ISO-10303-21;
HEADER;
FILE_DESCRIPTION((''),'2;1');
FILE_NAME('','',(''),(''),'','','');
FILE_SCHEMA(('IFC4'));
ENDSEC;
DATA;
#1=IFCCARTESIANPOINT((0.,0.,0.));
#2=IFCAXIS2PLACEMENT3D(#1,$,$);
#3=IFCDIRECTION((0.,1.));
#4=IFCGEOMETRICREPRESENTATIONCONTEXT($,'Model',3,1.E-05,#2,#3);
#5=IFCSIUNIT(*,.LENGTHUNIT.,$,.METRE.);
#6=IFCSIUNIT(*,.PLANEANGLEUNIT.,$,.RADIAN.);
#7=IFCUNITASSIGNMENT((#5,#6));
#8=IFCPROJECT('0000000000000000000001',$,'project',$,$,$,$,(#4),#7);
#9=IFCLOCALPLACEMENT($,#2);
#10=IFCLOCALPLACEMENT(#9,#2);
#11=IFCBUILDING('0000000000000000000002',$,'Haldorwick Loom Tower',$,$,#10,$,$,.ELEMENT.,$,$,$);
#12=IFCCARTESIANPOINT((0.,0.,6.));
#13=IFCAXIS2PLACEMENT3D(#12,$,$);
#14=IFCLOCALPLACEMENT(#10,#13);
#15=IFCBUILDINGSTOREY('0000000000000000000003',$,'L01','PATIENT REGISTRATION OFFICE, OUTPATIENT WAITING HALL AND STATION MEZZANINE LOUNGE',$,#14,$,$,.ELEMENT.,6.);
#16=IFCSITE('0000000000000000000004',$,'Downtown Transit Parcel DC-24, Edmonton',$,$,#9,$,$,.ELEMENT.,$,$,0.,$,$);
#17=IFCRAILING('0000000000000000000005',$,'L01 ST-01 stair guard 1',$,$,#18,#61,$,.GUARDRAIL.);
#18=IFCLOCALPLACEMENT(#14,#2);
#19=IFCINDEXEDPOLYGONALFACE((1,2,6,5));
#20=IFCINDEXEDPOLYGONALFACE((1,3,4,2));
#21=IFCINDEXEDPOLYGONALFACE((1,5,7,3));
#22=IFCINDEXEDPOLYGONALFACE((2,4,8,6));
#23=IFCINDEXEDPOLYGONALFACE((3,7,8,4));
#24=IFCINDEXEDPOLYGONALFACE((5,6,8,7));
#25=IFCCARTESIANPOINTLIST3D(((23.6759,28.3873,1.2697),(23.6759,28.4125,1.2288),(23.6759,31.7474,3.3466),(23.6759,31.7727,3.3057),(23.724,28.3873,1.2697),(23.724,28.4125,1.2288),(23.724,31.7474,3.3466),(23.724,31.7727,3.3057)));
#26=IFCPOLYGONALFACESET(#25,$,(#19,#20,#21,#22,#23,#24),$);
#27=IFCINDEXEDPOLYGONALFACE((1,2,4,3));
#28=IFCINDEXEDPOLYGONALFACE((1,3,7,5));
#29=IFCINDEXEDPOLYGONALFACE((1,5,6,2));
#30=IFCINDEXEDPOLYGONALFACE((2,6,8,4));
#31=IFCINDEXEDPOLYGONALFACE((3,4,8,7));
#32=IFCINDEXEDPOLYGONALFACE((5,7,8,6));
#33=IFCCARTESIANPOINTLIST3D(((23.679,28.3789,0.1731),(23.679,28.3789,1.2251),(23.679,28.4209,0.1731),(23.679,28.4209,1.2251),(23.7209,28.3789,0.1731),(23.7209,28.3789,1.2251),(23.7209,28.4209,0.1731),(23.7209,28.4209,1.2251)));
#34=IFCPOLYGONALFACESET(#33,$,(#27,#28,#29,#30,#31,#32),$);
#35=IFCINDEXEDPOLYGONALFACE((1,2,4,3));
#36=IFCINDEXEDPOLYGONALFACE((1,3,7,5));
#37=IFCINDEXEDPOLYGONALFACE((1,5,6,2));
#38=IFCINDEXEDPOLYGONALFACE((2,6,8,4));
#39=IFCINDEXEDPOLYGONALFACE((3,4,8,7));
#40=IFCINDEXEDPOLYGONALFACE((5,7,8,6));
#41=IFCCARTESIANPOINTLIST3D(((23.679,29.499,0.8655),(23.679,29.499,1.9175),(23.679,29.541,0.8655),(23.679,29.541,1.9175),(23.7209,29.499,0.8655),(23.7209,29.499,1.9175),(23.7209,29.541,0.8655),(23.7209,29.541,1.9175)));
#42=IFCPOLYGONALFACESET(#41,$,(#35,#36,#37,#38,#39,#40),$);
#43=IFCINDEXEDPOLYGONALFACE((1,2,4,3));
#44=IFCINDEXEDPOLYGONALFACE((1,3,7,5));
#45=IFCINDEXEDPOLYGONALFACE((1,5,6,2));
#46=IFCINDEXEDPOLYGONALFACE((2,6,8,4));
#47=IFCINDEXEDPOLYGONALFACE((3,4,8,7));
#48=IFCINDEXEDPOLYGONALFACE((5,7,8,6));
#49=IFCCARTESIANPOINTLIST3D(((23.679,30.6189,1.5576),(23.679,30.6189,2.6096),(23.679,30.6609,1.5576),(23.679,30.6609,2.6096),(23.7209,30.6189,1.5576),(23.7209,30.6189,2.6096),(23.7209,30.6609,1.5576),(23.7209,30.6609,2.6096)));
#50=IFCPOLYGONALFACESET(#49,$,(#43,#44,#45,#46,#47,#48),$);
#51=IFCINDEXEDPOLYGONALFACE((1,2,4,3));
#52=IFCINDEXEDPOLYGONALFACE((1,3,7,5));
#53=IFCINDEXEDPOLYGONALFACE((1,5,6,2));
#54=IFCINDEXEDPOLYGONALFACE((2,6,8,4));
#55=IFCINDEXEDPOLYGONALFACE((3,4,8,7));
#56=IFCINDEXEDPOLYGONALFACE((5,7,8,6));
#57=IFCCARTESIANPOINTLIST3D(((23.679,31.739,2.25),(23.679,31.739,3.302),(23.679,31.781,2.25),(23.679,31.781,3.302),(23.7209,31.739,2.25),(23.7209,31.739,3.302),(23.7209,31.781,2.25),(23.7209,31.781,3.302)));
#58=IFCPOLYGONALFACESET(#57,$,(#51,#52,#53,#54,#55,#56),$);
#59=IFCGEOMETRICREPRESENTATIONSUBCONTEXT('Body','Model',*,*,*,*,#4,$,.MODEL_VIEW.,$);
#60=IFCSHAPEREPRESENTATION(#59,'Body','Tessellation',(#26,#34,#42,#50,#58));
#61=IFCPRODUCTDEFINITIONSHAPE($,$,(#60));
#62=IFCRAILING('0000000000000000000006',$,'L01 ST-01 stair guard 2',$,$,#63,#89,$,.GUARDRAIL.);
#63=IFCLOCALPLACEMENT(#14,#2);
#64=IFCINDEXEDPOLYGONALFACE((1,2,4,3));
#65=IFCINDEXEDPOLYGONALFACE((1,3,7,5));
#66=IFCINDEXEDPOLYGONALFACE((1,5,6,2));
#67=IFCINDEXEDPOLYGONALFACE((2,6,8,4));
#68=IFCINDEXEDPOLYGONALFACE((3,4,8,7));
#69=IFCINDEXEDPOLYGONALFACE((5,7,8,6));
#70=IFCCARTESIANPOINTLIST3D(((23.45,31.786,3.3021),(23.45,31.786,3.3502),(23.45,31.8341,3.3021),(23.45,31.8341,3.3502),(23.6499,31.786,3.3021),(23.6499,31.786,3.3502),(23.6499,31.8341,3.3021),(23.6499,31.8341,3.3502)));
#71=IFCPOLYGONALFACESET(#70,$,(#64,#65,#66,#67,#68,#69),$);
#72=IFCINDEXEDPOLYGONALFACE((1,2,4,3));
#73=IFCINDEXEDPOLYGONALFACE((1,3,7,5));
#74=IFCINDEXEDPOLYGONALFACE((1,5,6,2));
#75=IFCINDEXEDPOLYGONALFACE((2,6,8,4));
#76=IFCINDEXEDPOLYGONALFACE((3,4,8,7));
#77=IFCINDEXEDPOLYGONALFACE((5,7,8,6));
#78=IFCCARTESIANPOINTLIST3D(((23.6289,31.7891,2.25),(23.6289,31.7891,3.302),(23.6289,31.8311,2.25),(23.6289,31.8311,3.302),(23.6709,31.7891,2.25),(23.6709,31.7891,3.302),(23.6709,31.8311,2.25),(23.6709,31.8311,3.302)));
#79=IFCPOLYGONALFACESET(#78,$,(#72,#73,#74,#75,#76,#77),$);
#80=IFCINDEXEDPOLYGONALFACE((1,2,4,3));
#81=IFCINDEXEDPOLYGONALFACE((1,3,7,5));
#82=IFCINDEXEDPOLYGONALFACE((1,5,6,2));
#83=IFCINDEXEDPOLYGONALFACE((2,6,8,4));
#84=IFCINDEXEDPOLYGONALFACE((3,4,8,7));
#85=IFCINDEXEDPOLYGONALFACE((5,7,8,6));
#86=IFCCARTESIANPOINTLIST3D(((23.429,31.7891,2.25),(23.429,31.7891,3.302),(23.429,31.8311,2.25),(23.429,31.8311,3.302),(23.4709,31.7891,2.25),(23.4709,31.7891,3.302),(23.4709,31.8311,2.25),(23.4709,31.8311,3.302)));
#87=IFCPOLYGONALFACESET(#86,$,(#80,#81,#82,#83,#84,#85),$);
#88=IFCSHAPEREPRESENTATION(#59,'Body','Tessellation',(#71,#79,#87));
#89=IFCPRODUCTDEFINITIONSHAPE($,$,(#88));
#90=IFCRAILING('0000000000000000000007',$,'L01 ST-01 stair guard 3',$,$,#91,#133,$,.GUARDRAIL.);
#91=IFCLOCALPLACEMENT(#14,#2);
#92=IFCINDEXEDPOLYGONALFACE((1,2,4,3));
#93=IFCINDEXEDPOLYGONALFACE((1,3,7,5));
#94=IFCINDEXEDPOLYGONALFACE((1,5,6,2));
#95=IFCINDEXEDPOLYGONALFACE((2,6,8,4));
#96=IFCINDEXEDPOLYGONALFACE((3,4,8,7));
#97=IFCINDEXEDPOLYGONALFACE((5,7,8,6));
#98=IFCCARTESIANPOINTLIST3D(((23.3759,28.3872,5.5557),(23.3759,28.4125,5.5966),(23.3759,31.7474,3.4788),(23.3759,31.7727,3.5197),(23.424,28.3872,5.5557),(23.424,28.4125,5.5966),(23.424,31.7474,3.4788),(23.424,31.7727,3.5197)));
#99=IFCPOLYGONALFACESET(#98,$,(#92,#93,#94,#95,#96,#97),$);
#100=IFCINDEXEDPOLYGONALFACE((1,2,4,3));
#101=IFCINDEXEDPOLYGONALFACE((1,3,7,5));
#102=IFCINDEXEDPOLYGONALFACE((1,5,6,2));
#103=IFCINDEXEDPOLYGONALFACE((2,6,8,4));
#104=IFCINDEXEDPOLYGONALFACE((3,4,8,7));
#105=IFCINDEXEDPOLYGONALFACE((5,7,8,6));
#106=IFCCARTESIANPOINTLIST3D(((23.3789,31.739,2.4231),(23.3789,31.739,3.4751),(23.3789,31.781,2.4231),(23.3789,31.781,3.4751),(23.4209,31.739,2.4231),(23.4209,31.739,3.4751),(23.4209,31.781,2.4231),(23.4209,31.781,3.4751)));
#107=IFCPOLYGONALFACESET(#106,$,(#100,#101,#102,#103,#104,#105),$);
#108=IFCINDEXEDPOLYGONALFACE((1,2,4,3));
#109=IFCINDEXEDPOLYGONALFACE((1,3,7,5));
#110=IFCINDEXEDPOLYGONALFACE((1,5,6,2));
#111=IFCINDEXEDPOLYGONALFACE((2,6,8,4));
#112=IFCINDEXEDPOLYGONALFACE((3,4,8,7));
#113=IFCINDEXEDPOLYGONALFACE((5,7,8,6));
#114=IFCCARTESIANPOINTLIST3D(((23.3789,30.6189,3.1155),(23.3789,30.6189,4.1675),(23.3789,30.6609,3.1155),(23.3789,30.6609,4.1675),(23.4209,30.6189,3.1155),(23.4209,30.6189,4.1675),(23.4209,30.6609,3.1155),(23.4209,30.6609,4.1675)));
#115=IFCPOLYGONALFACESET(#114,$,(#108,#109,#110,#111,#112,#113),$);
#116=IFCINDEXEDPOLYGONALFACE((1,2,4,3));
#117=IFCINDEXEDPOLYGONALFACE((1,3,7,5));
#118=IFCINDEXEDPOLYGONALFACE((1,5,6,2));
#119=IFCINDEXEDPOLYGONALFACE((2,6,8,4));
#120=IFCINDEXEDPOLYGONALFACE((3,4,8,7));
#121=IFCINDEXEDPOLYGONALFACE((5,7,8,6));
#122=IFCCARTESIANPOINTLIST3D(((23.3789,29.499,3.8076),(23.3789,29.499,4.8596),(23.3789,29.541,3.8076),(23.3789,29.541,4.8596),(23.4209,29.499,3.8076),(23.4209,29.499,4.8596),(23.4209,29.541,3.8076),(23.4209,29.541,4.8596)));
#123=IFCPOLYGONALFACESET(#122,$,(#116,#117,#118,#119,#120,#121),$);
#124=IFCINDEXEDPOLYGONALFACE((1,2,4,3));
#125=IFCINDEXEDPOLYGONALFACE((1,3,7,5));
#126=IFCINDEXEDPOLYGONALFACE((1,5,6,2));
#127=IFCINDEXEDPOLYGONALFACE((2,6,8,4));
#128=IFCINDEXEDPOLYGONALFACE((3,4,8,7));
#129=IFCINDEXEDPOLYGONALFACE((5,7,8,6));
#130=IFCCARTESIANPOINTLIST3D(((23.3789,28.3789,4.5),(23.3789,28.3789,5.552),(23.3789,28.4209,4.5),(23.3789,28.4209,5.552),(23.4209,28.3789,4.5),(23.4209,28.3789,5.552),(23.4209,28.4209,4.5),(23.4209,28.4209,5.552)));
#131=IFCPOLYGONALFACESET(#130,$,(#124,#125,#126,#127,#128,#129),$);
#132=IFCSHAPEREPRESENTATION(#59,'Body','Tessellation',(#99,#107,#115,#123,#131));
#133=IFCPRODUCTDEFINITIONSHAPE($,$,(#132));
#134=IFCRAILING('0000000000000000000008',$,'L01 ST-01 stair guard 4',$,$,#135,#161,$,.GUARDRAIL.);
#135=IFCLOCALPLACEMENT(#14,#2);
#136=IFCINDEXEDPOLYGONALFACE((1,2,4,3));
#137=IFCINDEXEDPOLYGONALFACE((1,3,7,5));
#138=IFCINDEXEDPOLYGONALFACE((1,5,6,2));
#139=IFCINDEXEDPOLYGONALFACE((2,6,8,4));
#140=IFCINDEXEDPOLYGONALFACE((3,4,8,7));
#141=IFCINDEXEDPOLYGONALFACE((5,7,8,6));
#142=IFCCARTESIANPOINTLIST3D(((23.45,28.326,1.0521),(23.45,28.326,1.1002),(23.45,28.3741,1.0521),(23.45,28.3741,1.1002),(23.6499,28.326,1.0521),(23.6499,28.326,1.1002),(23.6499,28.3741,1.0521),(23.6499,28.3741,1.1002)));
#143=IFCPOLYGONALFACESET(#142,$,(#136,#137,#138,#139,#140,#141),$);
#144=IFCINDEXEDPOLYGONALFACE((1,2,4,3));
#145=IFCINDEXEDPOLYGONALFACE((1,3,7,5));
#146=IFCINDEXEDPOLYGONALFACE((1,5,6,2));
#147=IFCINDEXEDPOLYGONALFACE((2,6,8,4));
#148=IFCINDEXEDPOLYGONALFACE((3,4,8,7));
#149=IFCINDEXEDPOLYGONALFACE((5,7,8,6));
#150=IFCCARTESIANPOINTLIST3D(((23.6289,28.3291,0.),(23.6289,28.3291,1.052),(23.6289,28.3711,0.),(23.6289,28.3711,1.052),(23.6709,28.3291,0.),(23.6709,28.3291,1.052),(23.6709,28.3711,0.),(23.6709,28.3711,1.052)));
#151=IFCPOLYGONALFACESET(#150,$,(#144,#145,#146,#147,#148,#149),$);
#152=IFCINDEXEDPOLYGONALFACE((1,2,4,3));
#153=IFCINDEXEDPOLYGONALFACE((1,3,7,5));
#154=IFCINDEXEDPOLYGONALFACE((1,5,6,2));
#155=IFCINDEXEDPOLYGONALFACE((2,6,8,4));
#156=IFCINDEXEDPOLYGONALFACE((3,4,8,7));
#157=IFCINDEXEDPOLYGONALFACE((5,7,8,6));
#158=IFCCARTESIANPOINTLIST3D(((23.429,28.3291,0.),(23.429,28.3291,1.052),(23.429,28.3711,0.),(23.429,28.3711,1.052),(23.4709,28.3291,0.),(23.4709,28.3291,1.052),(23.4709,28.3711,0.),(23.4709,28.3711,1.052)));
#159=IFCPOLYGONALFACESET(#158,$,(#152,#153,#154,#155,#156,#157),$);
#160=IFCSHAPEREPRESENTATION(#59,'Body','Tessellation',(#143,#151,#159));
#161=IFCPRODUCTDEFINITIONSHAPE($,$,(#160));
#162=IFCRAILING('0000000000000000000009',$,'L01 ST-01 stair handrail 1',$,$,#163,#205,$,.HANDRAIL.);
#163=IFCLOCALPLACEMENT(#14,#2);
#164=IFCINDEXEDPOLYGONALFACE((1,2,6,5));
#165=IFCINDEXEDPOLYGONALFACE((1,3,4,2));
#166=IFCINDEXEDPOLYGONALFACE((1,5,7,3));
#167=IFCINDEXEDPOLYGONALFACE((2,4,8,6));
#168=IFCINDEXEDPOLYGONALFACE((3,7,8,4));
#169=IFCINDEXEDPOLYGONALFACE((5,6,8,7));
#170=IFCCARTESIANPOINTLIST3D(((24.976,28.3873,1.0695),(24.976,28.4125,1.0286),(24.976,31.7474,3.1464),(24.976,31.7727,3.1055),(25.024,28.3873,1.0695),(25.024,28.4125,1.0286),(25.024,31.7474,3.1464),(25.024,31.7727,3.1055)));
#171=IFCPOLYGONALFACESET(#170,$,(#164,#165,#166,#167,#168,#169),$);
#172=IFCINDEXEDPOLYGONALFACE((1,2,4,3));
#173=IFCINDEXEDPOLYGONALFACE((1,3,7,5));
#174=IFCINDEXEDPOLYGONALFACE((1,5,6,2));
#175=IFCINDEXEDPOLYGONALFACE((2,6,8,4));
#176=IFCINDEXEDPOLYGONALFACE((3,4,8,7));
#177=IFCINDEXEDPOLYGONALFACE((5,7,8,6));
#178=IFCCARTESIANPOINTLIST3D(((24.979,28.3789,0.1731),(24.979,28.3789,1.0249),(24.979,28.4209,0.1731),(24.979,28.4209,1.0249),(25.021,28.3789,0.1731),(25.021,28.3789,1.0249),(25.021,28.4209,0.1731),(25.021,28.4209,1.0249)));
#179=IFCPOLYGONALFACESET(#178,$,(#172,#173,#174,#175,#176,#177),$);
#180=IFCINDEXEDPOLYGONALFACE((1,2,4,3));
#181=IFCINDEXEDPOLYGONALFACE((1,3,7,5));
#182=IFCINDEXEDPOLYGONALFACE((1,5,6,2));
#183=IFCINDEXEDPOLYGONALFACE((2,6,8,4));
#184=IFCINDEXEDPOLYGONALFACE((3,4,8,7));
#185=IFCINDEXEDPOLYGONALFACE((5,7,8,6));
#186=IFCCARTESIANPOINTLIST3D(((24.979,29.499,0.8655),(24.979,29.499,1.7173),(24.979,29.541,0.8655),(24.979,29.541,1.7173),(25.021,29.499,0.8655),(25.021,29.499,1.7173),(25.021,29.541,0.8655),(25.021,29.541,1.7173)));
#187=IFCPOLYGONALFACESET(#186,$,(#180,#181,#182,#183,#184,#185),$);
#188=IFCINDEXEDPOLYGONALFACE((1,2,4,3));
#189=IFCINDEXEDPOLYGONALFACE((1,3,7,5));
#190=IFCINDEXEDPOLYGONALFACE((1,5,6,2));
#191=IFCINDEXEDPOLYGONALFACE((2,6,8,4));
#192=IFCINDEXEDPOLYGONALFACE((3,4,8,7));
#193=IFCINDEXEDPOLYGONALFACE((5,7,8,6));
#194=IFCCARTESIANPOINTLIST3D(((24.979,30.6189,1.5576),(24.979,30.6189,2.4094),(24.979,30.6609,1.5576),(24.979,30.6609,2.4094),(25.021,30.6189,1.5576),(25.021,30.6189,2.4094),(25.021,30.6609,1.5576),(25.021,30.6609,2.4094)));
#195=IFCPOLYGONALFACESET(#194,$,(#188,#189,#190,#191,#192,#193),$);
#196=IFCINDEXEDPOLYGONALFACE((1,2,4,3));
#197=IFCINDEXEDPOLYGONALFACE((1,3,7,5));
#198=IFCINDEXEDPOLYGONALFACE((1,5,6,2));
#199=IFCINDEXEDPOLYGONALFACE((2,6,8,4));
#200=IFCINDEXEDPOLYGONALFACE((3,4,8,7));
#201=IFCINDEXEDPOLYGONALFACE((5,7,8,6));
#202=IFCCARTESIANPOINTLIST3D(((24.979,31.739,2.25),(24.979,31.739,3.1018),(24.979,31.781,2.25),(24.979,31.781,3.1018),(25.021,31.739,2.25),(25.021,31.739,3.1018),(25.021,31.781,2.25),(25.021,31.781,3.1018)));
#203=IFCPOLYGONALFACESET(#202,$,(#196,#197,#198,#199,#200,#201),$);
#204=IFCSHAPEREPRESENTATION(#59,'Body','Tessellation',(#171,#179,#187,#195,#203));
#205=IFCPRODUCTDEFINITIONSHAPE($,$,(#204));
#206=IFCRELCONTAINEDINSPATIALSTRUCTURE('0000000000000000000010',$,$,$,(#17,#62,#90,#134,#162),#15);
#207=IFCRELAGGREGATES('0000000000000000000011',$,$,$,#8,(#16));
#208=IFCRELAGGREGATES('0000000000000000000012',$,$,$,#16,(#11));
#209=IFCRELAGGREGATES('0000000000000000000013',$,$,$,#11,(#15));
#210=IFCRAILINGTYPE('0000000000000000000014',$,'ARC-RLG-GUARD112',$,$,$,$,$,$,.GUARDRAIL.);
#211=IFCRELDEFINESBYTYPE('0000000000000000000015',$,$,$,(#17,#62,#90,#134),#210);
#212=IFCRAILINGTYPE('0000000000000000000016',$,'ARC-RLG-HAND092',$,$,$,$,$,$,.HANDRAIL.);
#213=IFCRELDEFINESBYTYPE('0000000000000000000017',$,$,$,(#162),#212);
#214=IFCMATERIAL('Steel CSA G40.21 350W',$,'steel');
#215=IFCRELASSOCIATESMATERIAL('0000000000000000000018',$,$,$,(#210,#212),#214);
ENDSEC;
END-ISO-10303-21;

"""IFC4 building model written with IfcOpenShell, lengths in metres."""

from ifc_helpers import new_model, si_unit, direction, frame, origin, origin_2d, place, context, subcontext, project, spatial, rectangle, extrude, material, type_object, element, save


model = new_model("IFC4")

# Units and contexts
model_context = context("Model", 3, precision=1e-05, world=origin(), true_north=direction((0.0, 1.0)))
body_context = subcontext(model_context, "Body", "Model", "MODEL_VIEW")
ifc_project = project(units=[si_unit("LENGTHUNIT", "METRE"), si_unit("PLANEANGLEUNIT", "RADIAN")], contexts=[model_context])

# Site, building, storey
site_placement = place(None, origin())
site = spatial("IfcSite", under=ifc_project, at=site_placement, Name="Downtown Transit Parcel DC-24, Edmonton", CompositionType="ELEMENT", RefElevation=0.0)
building_placement = place(site_placement, origin())
building = spatial("IfcBuilding", under=site, at=building_placement, Name="Haldorwick Loom Tower", CompositionType="ELEMENT")
storey_placement = place(building_placement, frame((0.0, 0.0, 6.0)))
storey = spatial("IfcBuildingStorey", under=building, at=storey_placement, Name="L01", Description="PATIENT REGISTRATION OFFICE, OUTPATIENT WAITING HALL AND STATION MEZZANINE LOUNGE", CompositionType="ELEMENT", Elevation=6.0)

# Shared definitions
ifc_material_1 = material(Name="Steel CSA G40.21 350W", Category="steel")

# Railings
railing_type_1 = type_object("IfcRailingType", Name="ARC-RLG-GUARD112", PredefinedType="GUARDRAIL", material=ifc_material_1)
railing_1_placement = place(storey_placement, frame((23.7, 28.3999, 0.1731)))
element("IfcRailing", 1, at=railing_1_placement, inside=storey, type_object=railing_type_1, Name="L01 ST-01 stair guard 1", PredefinedType="GUARDRAIL", context=body_context, shape_type="SweptSolid", body=[
    extrude(rectangle(XDim=0.0481, YDim=0.0481, at=origin_2d()), frame((0.0, 0.0, 1.0762), z_axis=(0.0, 0.850623, 0.525776), x_axis=(-1.0, 0.0, 0.0)), (0.0, 0.0, 1.0), 3.9502),
    extrude(rectangle(XDim=0.042, YDim=0.042, at=origin_2d()), origin(), (0.0, 0.0, 1.0), 1.052),
    extrude(rectangle(XDim=0.042, YDim=0.042, at=origin_2d()), frame((0.0, 1.1201, 0.6924)), (0.0, 0.0, 1.0), 1.052),
    extrude(rectangle(XDim=0.042, YDim=0.042, at=origin_2d()), frame((0.0, 2.24, 1.3845)), (0.0, 0.0, 1.0), 1.052),
    extrude(rectangle(XDim=0.042, YDim=0.042, at=origin_2d()), frame((0.0, 3.3601, 2.0769)), (0.0, 0.0, 1.0), 1.052),
])
railing_2_placement = place(storey_placement, frame((23.6499, 31.8101, 2.25)))
element("IfcRailing", 2, at=railing_2_placement, inside=storey, type_object=railing_type_1, Name="L01 ST-01 stair guard 2", PredefinedType="GUARDRAIL", context=body_context, shape_type="SweptSolid", body=[
    extrude(rectangle(XDim=0.0481, YDim=0.0481, at=origin_2d()), frame((0.0, 0.0, 1.0762), z_axis=(-1.0, 0.0, 0.0), x_axis=(0.0, -1.0, 0.0)), (0.0, 0.0, 1.0), 0.2),
    extrude(rectangle(XDim=0.042, YDim=0.042, at=origin_2d()), origin(), (0.0, 0.0, 1.0), 1.052),
    extrude(rectangle(XDim=0.042, YDim=0.042, at=origin_2d()), frame((-0.2, 0.0, 0.0)), (0.0, 0.0, 1.0), 1.052),
])
railing_3_placement = place(storey_placement, frame((23.3999, 31.76, 2.4231)))
element("IfcRailing", 3, at=railing_3_placement, inside=storey, type_object=railing_type_1, Name="L01 ST-01 stair guard 3", PredefinedType="GUARDRAIL", context=body_context, shape_type="SweptSolid", body=[
    extrude(rectangle(XDim=0.0481, YDim=0.0481, at=origin_2d()), frame((0.0, 0.0, 1.0762), z_axis=(0.0, -0.850623, 0.525776), x_axis=(1.0, 0.0, 0.0)), (0.0, 0.0, 1.0), 3.9502),
    extrude(rectangle(XDim=0.042, YDim=0.042, at=origin_2d()), origin(), (0.0, 0.0, 1.0), 1.052),
    extrude(rectangle(XDim=0.042, YDim=0.042, at=origin_2d()), frame((0.0, -1.1201, 0.6924)), (0.0, 0.0, 1.0), 1.052),
    extrude(rectangle(XDim=0.042, YDim=0.042, at=origin_2d()), frame((0.0, -2.24, 1.3845)), (0.0, 0.0, 1.0), 1.052),
    extrude(rectangle(XDim=0.042, YDim=0.042, at=origin_2d()), frame((0.0, -3.3601, 2.0769)), (0.0, 0.0, 1.0), 1.052),
])
railing_4_placement = place(storey_placement, frame((23.6499, 28.3501, 0.0)))
element("IfcRailing", 4, at=railing_4_placement, inside=storey, type_object=railing_type_1, Name="L01 ST-01 stair guard 4", PredefinedType="GUARDRAIL", context=body_context, shape_type="SweptSolid", body=[
    extrude(rectangle(XDim=0.0481, YDim=0.0481, at=origin_2d()), frame((0.0, 0.0, 1.0762), z_axis=(-1.0, 0.0, 0.0), x_axis=(0.0, -1.0, 0.0)), (0.0, 0.0, 1.0), 0.2),
    extrude(rectangle(XDim=0.042, YDim=0.042, at=origin_2d()), origin(), (0.0, 0.0, 1.0), 1.052),
    extrude(rectangle(XDim=0.042, YDim=0.042, at=origin_2d()), frame((-0.2, 0.0, 0.0)), (0.0, 0.0, 1.0), 1.052),
])
railing_type_2 = type_object("IfcRailingType", Name="ARC-RLG-HAND092", PredefinedType="HANDRAIL", material=ifc_material_1)
railing_5_placement = place(storey_placement, frame((25.0, 28.3999, 0.1731)))
element("IfcRailing", 5, at=railing_5_placement, inside=storey, type_object=railing_type_2, Name="L01 ST-01 stair handrail 1", PredefinedType="HANDRAIL", context=body_context, shape_type="SweptSolid", body=[
    extrude(rectangle(XDim=0.0481, YDim=0.0481, at=origin_2d()), frame((0.0, 0.0, 0.876), z_axis=(0.0, 0.850623, 0.525776), x_axis=(-1.0, 0.0, 0.0)), (0.0, 0.0, 1.0), 3.9502),
    extrude(rectangle(XDim=0.042, YDim=0.042, at=origin_2d()), origin(), (0.0, 0.0, 1.0), 0.8518),
    extrude(rectangle(XDim=0.042, YDim=0.042, at=origin_2d()), frame((0.0, 1.1201, 0.6924)), (0.0, 0.0, 1.0), 0.8518),
    extrude(rectangle(XDim=0.042, YDim=0.042, at=origin_2d()), frame((0.0, 2.24, 1.3845)), (0.0, 0.0, 1.0), 0.8518),
    extrude(rectangle(XDim=0.042, YDim=0.042, at=origin_2d()), frame((0.0, 3.3601, 2.0769)), (0.0, 0.0, 1.0), 0.8518),
])

save(model, "model.ifc")
